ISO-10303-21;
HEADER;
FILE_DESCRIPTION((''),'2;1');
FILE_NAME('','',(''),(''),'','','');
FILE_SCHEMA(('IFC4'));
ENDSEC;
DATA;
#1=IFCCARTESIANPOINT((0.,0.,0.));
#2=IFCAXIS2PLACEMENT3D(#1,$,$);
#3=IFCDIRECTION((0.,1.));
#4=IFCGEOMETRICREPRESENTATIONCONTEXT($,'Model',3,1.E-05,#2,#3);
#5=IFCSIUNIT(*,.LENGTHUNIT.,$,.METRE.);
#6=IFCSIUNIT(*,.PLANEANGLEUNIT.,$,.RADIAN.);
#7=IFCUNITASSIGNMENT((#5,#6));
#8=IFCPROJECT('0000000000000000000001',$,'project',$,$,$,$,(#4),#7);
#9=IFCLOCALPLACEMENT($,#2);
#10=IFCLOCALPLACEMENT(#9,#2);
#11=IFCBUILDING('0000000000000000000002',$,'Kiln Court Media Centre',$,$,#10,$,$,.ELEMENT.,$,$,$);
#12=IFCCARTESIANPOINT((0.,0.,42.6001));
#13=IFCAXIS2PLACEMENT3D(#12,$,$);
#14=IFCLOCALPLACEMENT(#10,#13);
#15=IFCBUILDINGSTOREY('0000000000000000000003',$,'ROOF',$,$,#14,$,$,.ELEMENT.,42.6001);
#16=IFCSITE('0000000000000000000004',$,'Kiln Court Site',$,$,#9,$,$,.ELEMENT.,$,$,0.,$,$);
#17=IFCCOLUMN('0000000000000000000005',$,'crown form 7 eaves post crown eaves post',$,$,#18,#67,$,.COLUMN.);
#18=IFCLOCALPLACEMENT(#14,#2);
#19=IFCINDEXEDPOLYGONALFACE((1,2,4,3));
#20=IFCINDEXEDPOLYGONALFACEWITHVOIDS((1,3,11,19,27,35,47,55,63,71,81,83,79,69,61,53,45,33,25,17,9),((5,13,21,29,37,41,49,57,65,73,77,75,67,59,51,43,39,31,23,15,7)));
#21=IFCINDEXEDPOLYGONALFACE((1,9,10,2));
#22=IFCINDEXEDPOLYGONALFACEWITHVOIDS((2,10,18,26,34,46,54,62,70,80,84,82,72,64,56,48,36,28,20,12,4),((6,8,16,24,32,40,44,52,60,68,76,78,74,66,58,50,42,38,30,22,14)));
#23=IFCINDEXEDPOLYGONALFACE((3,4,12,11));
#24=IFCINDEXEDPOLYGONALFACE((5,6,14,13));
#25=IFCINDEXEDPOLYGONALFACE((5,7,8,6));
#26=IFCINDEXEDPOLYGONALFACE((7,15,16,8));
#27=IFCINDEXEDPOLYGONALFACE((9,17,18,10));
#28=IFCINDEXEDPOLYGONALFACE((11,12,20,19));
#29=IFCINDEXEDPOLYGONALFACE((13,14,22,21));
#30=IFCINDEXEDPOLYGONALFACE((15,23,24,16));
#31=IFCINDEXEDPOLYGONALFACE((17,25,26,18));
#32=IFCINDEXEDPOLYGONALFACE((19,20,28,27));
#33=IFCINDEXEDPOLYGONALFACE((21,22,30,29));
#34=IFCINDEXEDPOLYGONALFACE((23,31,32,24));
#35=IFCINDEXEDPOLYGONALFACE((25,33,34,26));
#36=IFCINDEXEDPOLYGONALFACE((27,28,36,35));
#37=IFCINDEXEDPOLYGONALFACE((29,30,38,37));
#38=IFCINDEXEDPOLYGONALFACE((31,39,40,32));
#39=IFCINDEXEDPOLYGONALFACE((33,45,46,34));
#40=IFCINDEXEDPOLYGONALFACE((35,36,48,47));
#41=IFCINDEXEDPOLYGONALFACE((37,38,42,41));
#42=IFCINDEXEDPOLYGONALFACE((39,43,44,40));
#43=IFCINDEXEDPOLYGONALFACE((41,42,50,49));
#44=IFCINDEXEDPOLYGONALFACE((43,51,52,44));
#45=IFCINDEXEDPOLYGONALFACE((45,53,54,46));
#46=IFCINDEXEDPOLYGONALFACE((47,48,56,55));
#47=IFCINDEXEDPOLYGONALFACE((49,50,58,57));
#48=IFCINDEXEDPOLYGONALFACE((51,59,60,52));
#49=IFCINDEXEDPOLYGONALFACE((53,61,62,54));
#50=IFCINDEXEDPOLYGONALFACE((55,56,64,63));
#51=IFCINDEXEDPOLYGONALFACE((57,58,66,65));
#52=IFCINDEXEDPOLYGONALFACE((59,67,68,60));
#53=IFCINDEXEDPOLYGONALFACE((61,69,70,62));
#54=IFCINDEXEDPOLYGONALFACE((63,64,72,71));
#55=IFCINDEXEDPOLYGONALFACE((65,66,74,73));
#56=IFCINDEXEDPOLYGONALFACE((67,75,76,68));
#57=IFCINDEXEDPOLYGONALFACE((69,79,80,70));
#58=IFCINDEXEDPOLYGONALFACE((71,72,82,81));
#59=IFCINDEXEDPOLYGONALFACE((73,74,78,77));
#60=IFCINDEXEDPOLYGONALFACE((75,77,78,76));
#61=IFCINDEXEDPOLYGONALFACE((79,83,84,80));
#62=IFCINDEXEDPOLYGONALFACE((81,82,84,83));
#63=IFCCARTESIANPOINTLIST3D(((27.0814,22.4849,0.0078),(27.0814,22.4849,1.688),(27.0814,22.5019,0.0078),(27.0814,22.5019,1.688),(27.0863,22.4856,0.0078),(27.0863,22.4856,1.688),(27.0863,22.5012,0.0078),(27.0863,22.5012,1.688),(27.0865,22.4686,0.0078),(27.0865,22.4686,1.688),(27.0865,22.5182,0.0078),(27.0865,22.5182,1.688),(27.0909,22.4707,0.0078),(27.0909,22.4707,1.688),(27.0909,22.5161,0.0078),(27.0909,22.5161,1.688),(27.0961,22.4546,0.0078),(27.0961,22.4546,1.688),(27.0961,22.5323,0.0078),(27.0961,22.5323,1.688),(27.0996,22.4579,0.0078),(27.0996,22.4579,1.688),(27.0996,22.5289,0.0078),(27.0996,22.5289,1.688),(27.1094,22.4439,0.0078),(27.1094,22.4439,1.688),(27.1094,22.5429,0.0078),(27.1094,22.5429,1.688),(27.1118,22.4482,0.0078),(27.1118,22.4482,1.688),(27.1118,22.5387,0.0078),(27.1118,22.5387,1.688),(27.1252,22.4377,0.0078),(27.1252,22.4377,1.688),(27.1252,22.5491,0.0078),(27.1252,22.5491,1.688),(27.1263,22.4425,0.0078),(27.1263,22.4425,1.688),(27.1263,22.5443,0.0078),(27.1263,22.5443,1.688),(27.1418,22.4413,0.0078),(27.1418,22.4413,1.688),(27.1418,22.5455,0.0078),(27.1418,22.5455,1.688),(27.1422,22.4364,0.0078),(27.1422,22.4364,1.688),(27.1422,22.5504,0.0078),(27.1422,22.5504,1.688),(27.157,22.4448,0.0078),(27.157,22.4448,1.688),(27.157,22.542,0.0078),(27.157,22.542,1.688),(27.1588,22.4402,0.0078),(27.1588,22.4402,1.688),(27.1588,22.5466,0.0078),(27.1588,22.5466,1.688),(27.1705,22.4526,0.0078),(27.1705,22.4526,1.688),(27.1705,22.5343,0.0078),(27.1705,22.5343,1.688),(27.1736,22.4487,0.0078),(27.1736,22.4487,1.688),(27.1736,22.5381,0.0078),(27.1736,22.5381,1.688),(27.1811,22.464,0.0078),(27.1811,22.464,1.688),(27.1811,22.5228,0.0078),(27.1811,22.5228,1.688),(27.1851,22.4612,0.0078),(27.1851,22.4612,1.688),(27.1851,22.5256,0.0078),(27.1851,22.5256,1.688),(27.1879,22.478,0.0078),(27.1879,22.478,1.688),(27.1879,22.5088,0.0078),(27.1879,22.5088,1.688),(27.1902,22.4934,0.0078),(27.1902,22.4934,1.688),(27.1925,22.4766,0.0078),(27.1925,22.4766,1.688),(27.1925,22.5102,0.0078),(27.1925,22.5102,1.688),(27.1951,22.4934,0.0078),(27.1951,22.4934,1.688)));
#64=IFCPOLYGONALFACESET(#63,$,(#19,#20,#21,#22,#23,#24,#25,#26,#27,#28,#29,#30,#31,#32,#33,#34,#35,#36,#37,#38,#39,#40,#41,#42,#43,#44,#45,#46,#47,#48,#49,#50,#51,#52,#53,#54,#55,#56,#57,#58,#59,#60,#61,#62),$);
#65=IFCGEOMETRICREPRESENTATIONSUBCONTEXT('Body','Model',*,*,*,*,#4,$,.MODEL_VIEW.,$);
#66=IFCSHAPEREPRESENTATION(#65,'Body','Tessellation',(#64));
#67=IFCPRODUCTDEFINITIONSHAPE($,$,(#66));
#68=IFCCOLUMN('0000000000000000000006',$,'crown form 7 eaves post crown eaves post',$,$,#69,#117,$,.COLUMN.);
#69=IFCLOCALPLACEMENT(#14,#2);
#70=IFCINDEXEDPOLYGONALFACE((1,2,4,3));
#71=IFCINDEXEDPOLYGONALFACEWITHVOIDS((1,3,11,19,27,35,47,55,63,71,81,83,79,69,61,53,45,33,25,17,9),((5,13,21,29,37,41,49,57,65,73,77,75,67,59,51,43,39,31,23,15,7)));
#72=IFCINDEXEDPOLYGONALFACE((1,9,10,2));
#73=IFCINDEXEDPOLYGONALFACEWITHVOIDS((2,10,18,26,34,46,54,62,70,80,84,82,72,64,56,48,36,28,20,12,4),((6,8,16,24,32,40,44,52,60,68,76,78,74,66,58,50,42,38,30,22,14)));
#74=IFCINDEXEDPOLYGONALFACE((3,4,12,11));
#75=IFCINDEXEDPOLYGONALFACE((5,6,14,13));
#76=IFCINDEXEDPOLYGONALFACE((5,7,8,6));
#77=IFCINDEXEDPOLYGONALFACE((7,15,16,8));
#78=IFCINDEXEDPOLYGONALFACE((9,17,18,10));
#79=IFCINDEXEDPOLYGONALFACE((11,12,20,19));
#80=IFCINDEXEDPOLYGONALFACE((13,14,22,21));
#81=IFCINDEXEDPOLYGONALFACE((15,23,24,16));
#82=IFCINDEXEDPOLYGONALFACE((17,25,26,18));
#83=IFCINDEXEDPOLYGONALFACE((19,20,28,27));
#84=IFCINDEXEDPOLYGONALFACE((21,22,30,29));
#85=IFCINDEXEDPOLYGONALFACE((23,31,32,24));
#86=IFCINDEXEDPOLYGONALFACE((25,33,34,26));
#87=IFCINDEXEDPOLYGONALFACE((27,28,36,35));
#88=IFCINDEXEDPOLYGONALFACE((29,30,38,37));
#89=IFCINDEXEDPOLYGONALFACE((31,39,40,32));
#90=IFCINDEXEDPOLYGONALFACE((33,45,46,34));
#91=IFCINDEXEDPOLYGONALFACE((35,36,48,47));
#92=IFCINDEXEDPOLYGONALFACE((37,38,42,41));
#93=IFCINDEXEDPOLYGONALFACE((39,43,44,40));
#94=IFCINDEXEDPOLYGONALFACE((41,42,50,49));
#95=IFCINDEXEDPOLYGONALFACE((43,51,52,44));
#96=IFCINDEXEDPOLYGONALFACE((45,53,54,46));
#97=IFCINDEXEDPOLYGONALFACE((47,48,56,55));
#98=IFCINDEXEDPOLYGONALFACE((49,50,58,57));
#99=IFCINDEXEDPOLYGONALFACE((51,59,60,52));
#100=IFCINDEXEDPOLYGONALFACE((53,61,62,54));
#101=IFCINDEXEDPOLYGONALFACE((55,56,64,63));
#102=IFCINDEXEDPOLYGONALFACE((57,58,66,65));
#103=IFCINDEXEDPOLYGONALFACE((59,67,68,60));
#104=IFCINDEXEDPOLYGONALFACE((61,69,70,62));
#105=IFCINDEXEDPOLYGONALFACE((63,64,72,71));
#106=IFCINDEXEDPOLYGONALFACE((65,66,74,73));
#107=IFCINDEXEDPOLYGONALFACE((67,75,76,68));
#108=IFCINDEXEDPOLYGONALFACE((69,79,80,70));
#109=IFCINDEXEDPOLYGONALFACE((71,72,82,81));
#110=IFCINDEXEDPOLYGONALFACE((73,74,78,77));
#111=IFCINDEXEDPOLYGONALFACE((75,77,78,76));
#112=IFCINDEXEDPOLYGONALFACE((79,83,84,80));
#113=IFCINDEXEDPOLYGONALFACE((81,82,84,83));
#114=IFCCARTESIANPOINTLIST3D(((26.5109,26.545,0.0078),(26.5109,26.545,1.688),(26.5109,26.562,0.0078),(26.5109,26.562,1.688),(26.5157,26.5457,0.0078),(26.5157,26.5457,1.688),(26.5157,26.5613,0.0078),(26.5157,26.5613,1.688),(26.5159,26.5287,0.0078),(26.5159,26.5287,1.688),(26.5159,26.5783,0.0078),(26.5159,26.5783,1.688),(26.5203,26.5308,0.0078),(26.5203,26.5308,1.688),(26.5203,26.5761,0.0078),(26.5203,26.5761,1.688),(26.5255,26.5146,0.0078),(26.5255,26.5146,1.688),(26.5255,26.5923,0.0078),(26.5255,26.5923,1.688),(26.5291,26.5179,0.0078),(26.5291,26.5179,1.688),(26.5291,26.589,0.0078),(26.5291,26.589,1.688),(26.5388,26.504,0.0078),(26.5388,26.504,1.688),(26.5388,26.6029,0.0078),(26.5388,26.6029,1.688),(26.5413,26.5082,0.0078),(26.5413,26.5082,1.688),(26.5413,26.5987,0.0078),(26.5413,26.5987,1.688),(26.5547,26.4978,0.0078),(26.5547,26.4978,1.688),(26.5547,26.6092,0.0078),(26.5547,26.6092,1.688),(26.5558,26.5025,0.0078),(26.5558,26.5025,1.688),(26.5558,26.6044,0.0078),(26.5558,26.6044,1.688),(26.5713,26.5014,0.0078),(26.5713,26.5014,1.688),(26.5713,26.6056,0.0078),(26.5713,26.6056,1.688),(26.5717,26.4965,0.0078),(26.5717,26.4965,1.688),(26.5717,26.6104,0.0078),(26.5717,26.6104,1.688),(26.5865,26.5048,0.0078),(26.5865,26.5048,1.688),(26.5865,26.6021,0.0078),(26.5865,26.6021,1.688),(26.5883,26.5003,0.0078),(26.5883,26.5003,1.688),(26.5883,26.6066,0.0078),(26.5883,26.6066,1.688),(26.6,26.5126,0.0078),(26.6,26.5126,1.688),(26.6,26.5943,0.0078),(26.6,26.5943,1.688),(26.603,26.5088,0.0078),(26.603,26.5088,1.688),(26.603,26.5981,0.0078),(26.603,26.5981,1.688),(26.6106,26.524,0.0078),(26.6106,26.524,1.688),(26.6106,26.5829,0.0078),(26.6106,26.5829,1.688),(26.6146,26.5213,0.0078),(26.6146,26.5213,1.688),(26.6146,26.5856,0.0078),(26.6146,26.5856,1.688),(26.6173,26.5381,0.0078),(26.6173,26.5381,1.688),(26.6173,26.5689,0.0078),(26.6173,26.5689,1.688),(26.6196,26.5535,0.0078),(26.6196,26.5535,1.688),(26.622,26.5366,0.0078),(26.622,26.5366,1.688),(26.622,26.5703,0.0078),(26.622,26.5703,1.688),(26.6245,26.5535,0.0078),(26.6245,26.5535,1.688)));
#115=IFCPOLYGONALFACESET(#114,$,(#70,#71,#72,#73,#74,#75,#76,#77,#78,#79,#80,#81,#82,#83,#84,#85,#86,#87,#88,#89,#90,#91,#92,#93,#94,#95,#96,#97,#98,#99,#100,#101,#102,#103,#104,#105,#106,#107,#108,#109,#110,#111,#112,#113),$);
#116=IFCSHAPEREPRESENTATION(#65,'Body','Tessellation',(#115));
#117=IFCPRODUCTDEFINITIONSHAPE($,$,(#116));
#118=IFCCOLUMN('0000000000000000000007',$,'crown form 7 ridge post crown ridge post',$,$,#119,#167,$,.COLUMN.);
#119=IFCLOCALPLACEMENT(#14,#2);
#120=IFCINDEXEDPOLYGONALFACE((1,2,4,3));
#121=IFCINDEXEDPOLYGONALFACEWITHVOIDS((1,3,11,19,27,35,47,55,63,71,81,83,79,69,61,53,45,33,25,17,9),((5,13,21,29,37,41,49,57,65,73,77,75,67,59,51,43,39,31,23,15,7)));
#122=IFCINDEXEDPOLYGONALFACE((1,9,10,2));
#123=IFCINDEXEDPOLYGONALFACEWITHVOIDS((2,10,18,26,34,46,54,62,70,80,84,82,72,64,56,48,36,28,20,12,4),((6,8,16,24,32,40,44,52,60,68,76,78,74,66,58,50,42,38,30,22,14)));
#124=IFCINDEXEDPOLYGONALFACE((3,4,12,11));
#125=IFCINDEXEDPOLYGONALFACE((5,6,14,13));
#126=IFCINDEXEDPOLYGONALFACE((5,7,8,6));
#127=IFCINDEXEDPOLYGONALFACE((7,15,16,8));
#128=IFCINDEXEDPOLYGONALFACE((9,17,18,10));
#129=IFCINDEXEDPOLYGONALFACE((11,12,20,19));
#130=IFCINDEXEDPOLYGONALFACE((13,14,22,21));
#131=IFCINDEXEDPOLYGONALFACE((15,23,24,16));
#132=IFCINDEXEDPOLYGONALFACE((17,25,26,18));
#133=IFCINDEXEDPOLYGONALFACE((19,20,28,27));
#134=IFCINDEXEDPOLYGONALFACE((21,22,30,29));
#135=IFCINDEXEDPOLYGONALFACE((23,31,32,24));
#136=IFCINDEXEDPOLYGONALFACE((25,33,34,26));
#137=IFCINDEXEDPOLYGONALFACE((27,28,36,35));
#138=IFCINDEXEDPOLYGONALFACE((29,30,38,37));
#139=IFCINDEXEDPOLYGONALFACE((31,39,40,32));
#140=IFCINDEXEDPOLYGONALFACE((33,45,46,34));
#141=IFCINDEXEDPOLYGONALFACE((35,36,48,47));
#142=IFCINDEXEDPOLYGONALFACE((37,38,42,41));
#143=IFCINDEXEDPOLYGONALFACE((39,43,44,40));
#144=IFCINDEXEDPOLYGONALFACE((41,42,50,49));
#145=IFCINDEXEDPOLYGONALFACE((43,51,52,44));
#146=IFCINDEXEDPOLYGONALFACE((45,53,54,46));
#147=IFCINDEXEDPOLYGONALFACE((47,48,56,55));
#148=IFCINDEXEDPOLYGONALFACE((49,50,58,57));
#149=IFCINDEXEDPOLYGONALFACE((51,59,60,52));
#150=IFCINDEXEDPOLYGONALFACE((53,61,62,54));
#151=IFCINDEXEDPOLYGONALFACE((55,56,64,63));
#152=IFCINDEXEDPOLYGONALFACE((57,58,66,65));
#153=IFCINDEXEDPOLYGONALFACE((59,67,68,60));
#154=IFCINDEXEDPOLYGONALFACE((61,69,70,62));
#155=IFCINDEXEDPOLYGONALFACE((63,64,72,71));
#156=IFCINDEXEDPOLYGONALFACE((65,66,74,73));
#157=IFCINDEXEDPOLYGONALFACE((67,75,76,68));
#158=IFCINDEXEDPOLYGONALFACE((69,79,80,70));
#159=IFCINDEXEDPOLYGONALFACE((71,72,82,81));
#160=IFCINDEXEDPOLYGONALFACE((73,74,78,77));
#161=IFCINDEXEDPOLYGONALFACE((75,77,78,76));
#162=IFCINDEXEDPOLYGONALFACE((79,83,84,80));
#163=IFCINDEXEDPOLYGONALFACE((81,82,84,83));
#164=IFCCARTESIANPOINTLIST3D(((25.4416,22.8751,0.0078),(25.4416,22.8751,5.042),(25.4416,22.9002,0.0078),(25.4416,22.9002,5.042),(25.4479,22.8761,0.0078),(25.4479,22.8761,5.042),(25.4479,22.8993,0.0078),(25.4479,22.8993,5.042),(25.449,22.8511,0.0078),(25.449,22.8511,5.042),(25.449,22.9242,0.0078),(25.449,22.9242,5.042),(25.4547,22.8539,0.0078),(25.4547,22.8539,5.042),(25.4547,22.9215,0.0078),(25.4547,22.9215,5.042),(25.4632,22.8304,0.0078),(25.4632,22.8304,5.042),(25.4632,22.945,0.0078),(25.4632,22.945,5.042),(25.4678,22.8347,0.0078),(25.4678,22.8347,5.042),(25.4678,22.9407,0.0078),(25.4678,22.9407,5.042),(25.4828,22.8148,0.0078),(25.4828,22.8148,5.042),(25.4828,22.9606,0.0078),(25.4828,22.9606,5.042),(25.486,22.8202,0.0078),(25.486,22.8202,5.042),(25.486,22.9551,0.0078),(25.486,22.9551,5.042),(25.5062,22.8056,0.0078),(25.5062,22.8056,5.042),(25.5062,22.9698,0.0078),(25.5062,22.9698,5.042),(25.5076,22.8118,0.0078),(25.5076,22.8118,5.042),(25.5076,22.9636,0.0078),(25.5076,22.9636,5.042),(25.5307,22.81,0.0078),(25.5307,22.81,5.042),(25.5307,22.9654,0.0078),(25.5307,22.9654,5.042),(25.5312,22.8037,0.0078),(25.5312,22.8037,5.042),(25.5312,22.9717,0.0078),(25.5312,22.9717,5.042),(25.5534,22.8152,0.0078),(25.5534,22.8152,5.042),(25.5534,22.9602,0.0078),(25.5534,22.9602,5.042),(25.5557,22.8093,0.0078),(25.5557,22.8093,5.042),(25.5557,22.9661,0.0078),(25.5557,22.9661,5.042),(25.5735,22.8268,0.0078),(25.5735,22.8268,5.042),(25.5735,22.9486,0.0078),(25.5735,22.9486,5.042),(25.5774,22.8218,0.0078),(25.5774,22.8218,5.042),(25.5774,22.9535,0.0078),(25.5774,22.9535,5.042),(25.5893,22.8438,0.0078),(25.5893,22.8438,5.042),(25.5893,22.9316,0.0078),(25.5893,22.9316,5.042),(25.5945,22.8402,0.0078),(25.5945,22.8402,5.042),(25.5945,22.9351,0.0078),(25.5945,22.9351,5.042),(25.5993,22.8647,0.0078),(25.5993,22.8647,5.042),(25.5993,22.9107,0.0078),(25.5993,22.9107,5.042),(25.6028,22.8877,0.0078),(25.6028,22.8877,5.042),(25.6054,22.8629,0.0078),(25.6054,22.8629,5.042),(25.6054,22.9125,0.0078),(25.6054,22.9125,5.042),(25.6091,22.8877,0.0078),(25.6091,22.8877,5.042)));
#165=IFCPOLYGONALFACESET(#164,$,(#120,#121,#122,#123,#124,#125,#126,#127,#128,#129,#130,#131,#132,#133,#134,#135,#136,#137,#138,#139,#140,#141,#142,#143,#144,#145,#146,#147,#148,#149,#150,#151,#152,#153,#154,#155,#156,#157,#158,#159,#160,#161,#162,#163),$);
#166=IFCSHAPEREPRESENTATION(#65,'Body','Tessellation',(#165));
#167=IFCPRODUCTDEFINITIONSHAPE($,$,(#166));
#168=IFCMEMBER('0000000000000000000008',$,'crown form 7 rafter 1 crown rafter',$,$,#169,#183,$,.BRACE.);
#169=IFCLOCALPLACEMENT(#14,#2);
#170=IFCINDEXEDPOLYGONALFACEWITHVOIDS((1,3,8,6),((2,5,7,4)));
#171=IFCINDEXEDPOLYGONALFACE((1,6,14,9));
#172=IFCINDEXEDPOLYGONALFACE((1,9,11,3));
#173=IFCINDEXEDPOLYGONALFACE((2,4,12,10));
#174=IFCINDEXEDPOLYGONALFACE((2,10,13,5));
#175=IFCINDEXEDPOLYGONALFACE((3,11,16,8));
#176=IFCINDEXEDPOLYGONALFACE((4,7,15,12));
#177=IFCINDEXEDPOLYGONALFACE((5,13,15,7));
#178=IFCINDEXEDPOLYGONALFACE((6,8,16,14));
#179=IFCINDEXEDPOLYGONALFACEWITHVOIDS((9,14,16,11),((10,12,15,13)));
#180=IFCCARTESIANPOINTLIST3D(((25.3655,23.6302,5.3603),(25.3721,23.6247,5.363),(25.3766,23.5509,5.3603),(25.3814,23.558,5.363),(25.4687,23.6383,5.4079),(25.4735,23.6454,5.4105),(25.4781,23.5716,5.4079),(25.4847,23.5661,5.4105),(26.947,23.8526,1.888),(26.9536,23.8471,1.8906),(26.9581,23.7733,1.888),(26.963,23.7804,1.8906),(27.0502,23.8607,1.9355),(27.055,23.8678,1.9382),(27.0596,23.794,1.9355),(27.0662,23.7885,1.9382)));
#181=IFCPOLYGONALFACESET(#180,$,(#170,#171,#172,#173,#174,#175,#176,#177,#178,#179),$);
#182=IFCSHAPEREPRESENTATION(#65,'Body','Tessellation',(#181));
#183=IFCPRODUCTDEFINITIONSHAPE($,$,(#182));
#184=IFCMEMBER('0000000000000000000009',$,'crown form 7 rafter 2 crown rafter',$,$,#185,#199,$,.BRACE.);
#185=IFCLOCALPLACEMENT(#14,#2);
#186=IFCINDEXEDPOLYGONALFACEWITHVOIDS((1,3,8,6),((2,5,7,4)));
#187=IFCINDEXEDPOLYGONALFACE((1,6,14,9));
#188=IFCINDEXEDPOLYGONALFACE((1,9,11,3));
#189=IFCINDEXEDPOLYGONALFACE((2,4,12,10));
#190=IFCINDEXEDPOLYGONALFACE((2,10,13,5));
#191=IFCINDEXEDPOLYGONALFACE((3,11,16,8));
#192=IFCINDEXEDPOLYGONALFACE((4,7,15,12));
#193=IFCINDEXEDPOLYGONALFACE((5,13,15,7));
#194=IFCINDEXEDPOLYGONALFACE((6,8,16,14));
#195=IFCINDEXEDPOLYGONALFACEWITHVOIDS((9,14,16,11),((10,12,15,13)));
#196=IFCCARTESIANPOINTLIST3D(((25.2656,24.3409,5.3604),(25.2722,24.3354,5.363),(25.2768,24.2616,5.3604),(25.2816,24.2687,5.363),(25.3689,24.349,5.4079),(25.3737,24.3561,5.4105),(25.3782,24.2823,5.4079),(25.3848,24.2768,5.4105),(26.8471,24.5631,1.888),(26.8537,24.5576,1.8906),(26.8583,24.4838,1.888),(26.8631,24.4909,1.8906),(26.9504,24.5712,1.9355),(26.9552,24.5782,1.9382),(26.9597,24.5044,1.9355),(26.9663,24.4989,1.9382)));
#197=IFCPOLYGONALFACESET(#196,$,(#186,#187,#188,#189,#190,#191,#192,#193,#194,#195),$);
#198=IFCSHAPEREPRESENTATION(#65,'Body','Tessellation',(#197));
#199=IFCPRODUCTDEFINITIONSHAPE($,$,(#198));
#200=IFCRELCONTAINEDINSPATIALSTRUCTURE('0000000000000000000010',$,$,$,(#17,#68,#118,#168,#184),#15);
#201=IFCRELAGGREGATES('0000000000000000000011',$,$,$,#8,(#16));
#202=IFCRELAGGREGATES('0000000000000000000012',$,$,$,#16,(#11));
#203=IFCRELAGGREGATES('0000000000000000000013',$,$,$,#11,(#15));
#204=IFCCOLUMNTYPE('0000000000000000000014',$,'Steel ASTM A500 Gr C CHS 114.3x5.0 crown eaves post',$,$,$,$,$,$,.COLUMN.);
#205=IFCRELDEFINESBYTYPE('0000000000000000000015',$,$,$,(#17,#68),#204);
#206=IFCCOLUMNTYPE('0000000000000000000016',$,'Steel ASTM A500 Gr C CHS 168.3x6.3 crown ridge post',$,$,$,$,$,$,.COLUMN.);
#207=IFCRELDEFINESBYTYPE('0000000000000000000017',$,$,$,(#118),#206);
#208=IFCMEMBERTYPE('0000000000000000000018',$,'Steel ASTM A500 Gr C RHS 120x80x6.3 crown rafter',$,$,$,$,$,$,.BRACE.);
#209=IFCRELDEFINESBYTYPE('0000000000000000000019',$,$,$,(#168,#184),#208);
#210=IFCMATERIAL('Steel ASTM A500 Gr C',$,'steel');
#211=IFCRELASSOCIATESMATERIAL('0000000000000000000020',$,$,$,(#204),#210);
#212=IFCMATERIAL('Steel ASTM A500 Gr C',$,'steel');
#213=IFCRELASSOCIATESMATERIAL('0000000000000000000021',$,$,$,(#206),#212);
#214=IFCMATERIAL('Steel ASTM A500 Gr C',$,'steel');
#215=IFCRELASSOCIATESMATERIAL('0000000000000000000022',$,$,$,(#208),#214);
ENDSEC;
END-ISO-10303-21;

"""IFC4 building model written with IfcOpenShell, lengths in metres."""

from ifc_helpers import new_model, si_unit, direction, frame, origin, origin_2d, place, context, subcontext, project, spatial, hollow_rectangle, hollow_circle, extrude, material, material_profile, profile_set, type_object, element, save


model = new_model("IFC4")

# Units and contexts
model_context = context("Model", 3, precision=1e-05, world=origin(), true_north=direction((0.0, 1.0)))
body_context = subcontext(model_context, "Body", "Model", "MODEL_VIEW")
ifc_project = project(units=[si_unit("LENGTHUNIT", "METRE"), si_unit("PLANEANGLEUNIT", "RADIAN")], contexts=[model_context])

# Site, building, storey
site_placement = place(None, origin())
site = spatial("IfcSite", under=ifc_project, at=site_placement, Name="Kiln Court Site", CompositionType="ELEMENT", RefElevation=0.0)
building_placement = place(site_placement, origin())
building = spatial("IfcBuilding", under=site, at=building_placement, Name="Kiln Court Media Centre", CompositionType="ELEMENT")
storey_placement = place(building_placement, frame((0.0, 0.0, 42.6001)))
storey = spatial("IfcBuildingStorey", under=building, at=storey_placement, Name="ROOF", CompositionType="ELEMENT", Elevation=42.6001)

# Columns
ifc_material_1 = material(Name="Steel ASTM A500 Gr C", Category="steel")
ifc_material_profile_1 = material_profile(ifc_material_1, hollow_circle(Radius=0.0571, WallThickness=0.0049, at=origin_2d()), Name="CHS 114.3x5.0")
ifc_profile_set_1 = profile_set([ifc_material_profile_1], Name="Steel ASTM A500 Gr C")
column_type_1 = type_object("IfcColumnType", Name="Steel ASTM A500 Gr C CHS 114.3x5.0 crown eaves post", PredefinedType="COLUMN", material=ifc_profile_set_1)
for number, where, z_axis, x_axis, name in (
    (1, (27.1379, 22.4934, 0.0078), (0.0, 0.0, 1.0), (1.0, 0.0, 0.0), "crown form 7 eaves post crown eaves post"),
    (2, (26.5674, 26.5535, 0.0078), (0.0, 0.0, 1.0), (1.0, 0.0, 0.0), "crown form 7 eaves post crown eaves post"),
):
    element("IfcColumn", number, at=place(storey_placement, frame(where, z_axis=z_axis, x_axis=x_axis)), inside=storey, type_object=column_type_1, Name=name, PredefinedType="COLUMN", context=body_context, shape_type="SweptSolid", body=[
        extrude(hollow_circle(Radius=0.0571, WallThickness=0.0049, at=origin_2d()), origin(), (0.0, 0.0, 1.0), 1.6802),
    ])
ifc_material_2 = material(Name="Steel ASTM A500 Gr C", Category="steel")
ifc_material_profile_2 = material_profile(ifc_material_2, hollow_circle(Radius=0.0842, WallThickness=0.0063, at=origin_2d()), Name="CHS 168.3x6.3")
ifc_profile_set_2 = profile_set([ifc_material_profile_2], Name="Steel ASTM A500 Gr C")
column_type_2 = type_object("IfcColumnType", Name="Steel ASTM A500 Gr C CHS 168.3x6.3 crown ridge post", PredefinedType="COLUMN", material=ifc_profile_set_2)
column_placement = place(storey_placement, frame((25.5249, 22.8877, 0.0078), z_axis=(0.0, 0.0, 1.0), x_axis=(1.0, 0.0, 0.0)))
element("IfcColumn", 3, at=column_placement, inside=storey, type_object=column_type_2, Name="crown form 7 ridge post crown ridge post", PredefinedType="COLUMN", context=body_context, shape_type="SweptSolid", body=[
    extrude(hollow_circle(Radius=0.0842, WallThickness=0.0063, at=origin_2d()), origin(), (0.0, 0.0, 1.0), 5.0342),
])

# Members
ifc_material_3 = material(Name="Steel ASTM A500 Gr C", Category="steel")
ifc_material_profile_3 = material_profile(ifc_material_3, hollow_rectangle(XDim=0.0801, YDim=0.1201, WallThickness=0.0063, at=origin_2d()), Name="RHS 120x80x6.3")
ifc_profile_set_3 = profile_set([ifc_material_profile_3], Name="Steel ASTM A500 Gr C")
member_type = type_object("IfcMemberType", Name="Steel ASTM A500 Gr C RHS 120x80x6.3 crown rafter", PredefinedType="BRACE", material=ifc_profile_set_3)
for number, where, z_axis, x_axis, name in (
    (4, (27.0066, 23.8206, 1.9131), (-0.41379, -0.058191, 0.908511), (0.13926, -0.990256, 0.0), "crown form 7 rafter 1 crown rafter"),
    (5, (26.9067, 24.531, 1.9131), (-0.413791, -0.058128, 0.908514), (0.13911, -0.990277, 0.0), "crown form 7 rafter 2 crown rafter"),
):
    element("IfcMember", number, at=place(storey_placement, frame(where, z_axis=z_axis, x_axis=x_axis)), inside=storey, type_object=member_type, Name=name, PredefinedType="BRACE", context=body_context, shape_type="SweptSolid", body=[
        extrude(hollow_rectangle(XDim=0.0801, YDim=0.1201, WallThickness=0.0063, at=origin_2d()), origin(), (0.0, 0.0, 1.0), 3.822),
    ])

save(model, "model.ifc")
